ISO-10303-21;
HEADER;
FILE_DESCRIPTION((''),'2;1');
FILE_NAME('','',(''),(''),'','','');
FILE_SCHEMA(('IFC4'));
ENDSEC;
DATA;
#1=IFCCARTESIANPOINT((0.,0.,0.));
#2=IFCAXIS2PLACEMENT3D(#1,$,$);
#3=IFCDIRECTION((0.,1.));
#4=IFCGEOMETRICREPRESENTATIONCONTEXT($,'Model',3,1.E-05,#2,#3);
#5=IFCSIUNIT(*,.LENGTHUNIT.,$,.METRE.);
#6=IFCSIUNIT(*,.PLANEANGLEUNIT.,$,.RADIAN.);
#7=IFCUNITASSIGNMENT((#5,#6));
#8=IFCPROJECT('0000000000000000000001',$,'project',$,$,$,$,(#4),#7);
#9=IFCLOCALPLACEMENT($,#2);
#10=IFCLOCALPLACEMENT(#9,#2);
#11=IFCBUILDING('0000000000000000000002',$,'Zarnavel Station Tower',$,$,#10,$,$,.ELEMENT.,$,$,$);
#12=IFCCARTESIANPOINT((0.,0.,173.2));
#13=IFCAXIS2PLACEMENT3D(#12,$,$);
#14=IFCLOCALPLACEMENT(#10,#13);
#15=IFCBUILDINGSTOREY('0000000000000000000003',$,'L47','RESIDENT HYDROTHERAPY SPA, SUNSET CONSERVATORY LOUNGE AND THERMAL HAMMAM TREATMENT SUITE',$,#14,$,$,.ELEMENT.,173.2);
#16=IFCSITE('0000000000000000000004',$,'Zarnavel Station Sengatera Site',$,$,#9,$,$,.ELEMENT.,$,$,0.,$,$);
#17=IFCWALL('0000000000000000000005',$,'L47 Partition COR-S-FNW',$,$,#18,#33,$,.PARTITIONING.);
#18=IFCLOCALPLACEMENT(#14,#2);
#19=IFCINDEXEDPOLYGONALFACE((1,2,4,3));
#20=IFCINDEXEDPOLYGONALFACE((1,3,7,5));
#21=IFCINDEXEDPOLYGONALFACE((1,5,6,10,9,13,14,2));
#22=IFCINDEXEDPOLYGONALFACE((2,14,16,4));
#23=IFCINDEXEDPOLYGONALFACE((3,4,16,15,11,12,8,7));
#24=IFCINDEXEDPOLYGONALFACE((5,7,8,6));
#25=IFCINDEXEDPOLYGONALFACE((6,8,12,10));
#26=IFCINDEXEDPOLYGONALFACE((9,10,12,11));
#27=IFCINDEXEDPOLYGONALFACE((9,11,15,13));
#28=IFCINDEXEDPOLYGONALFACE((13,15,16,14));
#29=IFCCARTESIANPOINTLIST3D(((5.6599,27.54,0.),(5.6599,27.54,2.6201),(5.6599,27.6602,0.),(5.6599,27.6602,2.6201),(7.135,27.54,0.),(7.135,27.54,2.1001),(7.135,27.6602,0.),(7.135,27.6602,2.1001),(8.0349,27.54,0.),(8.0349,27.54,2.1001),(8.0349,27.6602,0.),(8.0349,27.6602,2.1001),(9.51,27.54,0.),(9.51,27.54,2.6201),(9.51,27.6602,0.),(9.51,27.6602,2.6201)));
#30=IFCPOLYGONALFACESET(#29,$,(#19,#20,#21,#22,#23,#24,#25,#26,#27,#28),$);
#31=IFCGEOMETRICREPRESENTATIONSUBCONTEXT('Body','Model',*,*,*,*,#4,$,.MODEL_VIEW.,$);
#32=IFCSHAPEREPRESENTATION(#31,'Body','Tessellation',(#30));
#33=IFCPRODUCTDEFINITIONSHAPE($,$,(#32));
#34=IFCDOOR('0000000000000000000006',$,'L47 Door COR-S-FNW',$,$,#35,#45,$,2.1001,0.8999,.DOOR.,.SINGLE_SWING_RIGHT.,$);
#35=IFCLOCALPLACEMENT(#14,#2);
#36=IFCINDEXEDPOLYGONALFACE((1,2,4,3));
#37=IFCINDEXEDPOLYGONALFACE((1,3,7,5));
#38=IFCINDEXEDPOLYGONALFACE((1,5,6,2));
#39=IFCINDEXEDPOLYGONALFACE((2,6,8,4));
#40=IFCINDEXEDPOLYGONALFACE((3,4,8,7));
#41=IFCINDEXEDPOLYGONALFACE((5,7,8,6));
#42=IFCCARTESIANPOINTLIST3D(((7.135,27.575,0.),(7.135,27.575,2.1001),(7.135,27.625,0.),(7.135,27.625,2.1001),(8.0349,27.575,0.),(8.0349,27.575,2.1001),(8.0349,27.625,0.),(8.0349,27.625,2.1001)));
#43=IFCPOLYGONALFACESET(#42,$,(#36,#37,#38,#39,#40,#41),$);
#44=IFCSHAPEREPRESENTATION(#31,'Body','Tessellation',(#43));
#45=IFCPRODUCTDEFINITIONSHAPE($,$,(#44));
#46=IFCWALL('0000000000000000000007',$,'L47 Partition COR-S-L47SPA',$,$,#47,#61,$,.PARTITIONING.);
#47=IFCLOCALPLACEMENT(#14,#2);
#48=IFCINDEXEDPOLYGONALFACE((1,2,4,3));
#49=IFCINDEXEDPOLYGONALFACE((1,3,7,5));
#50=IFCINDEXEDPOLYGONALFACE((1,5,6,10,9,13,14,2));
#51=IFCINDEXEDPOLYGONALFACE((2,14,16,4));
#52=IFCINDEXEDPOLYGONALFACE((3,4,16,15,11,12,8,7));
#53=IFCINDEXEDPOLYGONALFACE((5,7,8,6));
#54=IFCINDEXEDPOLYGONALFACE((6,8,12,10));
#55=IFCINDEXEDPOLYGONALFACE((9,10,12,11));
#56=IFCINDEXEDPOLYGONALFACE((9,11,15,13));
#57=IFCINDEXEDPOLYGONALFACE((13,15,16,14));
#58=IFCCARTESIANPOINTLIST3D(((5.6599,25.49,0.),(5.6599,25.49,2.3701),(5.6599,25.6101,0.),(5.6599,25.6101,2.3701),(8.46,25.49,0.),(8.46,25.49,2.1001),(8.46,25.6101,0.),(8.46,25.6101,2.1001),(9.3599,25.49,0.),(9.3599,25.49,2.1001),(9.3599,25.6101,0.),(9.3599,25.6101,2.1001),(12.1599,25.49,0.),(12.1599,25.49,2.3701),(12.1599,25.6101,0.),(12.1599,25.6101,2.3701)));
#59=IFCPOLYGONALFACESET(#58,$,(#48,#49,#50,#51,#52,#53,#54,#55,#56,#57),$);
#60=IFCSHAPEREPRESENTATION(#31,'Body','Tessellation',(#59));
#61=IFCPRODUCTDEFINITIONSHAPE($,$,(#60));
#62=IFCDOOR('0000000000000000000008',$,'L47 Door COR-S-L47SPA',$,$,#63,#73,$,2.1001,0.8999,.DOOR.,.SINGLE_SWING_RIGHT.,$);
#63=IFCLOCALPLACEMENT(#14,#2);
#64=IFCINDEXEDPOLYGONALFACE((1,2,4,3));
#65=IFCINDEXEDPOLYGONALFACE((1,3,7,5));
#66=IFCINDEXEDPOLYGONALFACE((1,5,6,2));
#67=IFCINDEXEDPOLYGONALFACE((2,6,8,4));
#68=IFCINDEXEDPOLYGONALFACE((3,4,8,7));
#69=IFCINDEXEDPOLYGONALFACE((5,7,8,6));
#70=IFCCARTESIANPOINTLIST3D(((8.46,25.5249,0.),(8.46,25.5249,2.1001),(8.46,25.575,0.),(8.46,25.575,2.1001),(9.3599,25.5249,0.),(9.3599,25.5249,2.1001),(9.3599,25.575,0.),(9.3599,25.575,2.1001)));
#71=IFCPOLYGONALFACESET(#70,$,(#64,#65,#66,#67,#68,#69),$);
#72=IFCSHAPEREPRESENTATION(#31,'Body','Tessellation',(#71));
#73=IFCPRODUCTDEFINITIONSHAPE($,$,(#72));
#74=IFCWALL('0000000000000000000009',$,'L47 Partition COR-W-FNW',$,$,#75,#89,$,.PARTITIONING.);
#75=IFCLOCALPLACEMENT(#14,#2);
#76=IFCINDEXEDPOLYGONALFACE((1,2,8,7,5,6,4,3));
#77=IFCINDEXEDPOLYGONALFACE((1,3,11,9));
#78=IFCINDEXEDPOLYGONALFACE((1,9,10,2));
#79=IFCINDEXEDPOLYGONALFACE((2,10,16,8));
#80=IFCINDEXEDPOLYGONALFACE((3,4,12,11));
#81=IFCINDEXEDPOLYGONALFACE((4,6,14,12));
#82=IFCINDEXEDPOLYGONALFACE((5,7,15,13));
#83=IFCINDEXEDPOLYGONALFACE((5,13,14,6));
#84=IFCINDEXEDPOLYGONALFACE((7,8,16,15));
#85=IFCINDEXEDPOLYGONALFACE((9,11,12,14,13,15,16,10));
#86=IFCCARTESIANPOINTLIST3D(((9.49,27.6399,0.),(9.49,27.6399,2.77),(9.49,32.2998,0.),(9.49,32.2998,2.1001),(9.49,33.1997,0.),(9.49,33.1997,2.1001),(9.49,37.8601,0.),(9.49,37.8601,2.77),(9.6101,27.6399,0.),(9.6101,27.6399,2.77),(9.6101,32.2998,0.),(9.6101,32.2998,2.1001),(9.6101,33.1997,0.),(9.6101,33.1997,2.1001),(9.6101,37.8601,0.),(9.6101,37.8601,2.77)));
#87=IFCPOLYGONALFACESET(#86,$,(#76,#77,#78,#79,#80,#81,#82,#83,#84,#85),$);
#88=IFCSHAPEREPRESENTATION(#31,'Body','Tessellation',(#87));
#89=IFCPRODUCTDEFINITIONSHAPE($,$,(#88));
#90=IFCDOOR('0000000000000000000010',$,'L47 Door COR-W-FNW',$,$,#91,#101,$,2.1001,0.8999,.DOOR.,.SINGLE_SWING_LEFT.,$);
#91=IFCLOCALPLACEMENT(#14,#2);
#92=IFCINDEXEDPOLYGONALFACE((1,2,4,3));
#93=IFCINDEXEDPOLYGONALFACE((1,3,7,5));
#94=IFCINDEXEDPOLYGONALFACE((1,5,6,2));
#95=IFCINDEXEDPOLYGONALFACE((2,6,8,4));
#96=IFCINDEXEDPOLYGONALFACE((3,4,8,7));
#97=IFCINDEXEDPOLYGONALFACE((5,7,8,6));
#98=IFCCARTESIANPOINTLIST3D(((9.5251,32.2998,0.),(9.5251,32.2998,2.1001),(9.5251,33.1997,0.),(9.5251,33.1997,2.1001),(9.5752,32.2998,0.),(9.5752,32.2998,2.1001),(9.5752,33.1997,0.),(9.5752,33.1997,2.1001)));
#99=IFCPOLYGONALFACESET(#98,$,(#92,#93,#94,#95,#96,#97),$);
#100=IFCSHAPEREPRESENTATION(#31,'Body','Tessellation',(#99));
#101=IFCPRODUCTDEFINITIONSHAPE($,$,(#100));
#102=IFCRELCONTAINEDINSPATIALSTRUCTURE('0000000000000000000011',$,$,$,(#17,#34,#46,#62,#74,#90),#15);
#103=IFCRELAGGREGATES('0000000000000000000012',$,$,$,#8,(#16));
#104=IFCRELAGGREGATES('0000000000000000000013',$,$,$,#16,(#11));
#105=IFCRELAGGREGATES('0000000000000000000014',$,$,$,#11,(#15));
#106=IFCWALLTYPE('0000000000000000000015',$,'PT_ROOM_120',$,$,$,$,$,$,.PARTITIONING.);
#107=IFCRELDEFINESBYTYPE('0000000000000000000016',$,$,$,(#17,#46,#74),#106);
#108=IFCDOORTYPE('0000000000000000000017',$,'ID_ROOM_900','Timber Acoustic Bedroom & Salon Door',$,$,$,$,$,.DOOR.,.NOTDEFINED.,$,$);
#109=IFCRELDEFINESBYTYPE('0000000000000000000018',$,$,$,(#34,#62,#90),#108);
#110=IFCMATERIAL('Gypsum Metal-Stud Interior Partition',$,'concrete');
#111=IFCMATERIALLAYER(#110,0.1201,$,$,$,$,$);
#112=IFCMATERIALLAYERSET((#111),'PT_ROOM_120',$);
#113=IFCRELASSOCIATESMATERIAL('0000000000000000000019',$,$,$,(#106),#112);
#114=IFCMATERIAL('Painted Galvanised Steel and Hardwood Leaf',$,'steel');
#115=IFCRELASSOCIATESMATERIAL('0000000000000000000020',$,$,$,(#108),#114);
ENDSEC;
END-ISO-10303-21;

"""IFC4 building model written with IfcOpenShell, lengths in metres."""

from ifc_helpers import new_model, si_unit, direction, frame, frame_2d, origin, place, context, subcontext, project, spatial, rectangle, extrude, material, layer, layer_set, type_object, element, fill, save


model = new_model("IFC4")

# Units and contexts
model_context = context("Model", 3, precision=1e-05, world=origin(), true_north=direction((0.0, 1.0)))
body_context = subcontext(model_context, "Body", "Model", "MODEL_VIEW")
ifc_project = project(units=[si_unit("LENGTHUNIT", "METRE"), si_unit("PLANEANGLEUNIT", "RADIAN")], contexts=[model_context])

# Site, building, storey
site_placement = place(None, origin())
site = spatial("IfcSite", under=ifc_project, at=site_placement, Name="Zarnavel Station Sengatera Site", CompositionType="ELEMENT", RefElevation=0.0)
building_placement = place(site_placement, origin())
building = spatial("IfcBuilding", under=site, at=building_placement, Name="Zarnavel Station Tower", CompositionType="ELEMENT")
storey_placement = place(building_placement, frame((0.0, 0.0, 173.2)))
storey = spatial("IfcBuildingStorey", under=building, at=storey_placement, Name="L47", Description="RESIDENT HYDROTHERAPY SPA, SUNSET CONSERVATORY LOUNGE AND THERMAL HAMMAM TREATMENT SUITE", CompositionType="ELEMENT", Elevation=173.2)

# Walls, openings, doors
ifc_material_1 = material(Name="Gypsum Metal-Stud Interior Partition", Category="concrete")
ifc_layer_1 = layer(ifc_material_1, 0.1201)
ifc_layer_set_1 = layer_set([ifc_layer_1], Name="PT_ROOM_120")
wall_type_1 = type_object("IfcWallType", Name="PT_ROOM_120", PredefinedType="PARTITIONING", material=ifc_layer_set_1)
wall_1_placement = place(storey_placement, frame((5.6599, 27.6001, 0.0), z_axis=(0.0, 0.0, 1.0), x_axis=(1.0, 0.0, 0.0)))
wall_1 = element("IfcWall", 1, at=wall_1_placement, inside=storey, type_object=wall_type_1, Name="L47 Partition COR-S-FNW", PredefinedType="PARTITIONING", context=body_context, shape_type="SweptSolid", body=[
    extrude(rectangle(XDim=3.8501, YDim=0.1201, at=frame_2d((1.925, 0.0))), origin(), (0.0, 0.0, 1.0), 2.6201),
])
opening_1_placement = place(wall_1_placement, frame((1.4751, 0.0, 0.0)))
opening_1 = element("IfcOpeningElement", 2, at=opening_1_placement, cuts=wall_1, PredefinedType="OPENING", context=body_context, shape_type="SweptSolid", body=[
    extrude(rectangle(XDim=0.8999, YDim=2.1001, at=frame_2d((0.45, 1.05))), frame((0.0, 0.0701, 0.0), z_axis=(0.0, -1.0, 0.0), x_axis=(1.0, 0.0, 0.0)), (0.0, 0.0, 1.0), 0.1401),
])
ifc_material_2 = material(Name="Painted Galvanised Steel and Hardwood Leaf", Category="steel")
door_type_1 = type_object("IfcDoorType", Name="ID_ROOM_900", Description="Timber Acoustic Bedroom & Salon Door", OperationType="NOTDEFINED", PredefinedType="DOOR", material=ifc_material_2)
door_1_placement = place(opening_1_placement, origin())
door_1 = element("IfcDoor", 3, at=door_1_placement, inside=storey, type_object=door_type_1, Name="L47 Door COR-S-FNW", OperationType="SINGLE_SWING_RIGHT", OverallHeight=2.1001, OverallWidth=0.8999, PredefinedType="DOOR", context=body_context, shape_type="SweptSolid", body=[
    extrude(rectangle(XDim=0.8999, YDim=2.1001, at=frame_2d((0.45, 1.05))), frame((0.0, 0.0249, 0.0), z_axis=(0.0, -1.0, 0.0), x_axis=(1.0, 0.0, 0.0)), (0.0, 0.0, 1.0), 0.05),
])
fill(opening_1, door_1)
wall_2_placement = place(storey_placement, frame((5.6599, 25.55, 0.0), z_axis=(0.0, 0.0, 1.0), x_axis=(1.0, 0.0, 0.0)))
wall_2 = element("IfcWall", 4, at=wall_2_placement, inside=storey, type_object=wall_type_1, Name="L47 Partition COR-S-L47SPA", PredefinedType="PARTITIONING", context=body_context, shape_type="SweptSolid", body=[
    extrude(rectangle(XDim=6.5, YDim=0.1201, at=frame_2d((3.25, 0.0))), origin(), (0.0, 0.0, 1.0), 2.3701),
])
opening_2_placement = place(wall_2_placement, frame((2.8, 0.0, 0.0)))
opening_2 = element("IfcOpeningElement", 5, at=opening_2_placement, cuts=wall_2, PredefinedType="OPENING", context=body_context, shape_type="SweptSolid", body=[
    extrude(rectangle(XDim=0.8999, YDim=2.1001, at=frame_2d((0.45, 1.05))), frame((0.0, 0.0701, 0.0), z_axis=(0.0, -1.0, 0.0), x_axis=(1.0, 0.0, 0.0)), (0.0, 0.0, 1.0), 0.1401),
])
door_2_placement = place(opening_2_placement, origin())
door_2 = element("IfcDoor", 6, at=door_2_placement, inside=storey, type_object=door_type_1, Name="L47 Door COR-S-L47SPA", OperationType="SINGLE_SWING_RIGHT", OverallHeight=2.1001, OverallWidth=0.8999, PredefinedType="DOOR", context=body_context, shape_type="SweptSolid", body=[
    extrude(rectangle(XDim=0.8999, YDim=2.1001, at=frame_2d((0.45, 1.05))), frame((0.0, 0.0249, 0.0), z_axis=(0.0, -1.0, 0.0), x_axis=(1.0, 0.0, 0.0)), (0.0, 0.0, 1.0), 0.05),
])
fill(opening_2, door_2)
wall_3_placement = place(storey_placement, frame((9.55, 27.6399, 0.0), z_axis=(0.0, 0.0, 1.0), x_axis=(0.0, 1.0, 0.0)))
wall_3 = element("IfcWall", 7, at=wall_3_placement, inside=storey, type_object=wall_type_1, Name="L47 Partition COR-W-FNW", PredefinedType="PARTITIONING", context=body_context, shape_type="SweptSolid", body=[
    extrude(rectangle(XDim=10.2202, YDim=0.1201, at=frame_2d((5.1101, 0.0))), origin(), (0.0, 0.0, 1.0), 2.77),
])
opening_3_placement = place(wall_3_placement, frame((4.6599, 0.0, 0.0)))
opening_3 = element("IfcOpeningElement", 8, at=opening_3_placement, cuts=wall_3, PredefinedType="OPENING", context=body_context, shape_type="SweptSolid", body=[
    extrude(rectangle(XDim=0.8999, YDim=2.1001, at=frame_2d((0.45, 1.05))), frame((0.0, 0.0701, 0.0), z_axis=(0.0, -1.0, 0.0), x_axis=(1.0, 0.0, 0.0)), (0.0, 0.0, 1.0), 0.1401),
])
door_3_placement = place(opening_3_placement, origin())
door_3 = element("IfcDoor", 9, at=door_3_placement, inside=storey, type_object=door_type_1, Name="L47 Door COR-W-FNW", OperationType="SINGLE_SWING_LEFT", OverallHeight=2.1001, OverallWidth=0.8999, PredefinedType="DOOR", context=body_context, shape_type="SweptSolid", body=[
    extrude(rectangle(XDim=0.8999, YDim=2.1001, at=frame_2d((0.45, 1.05))), frame((0.0, 0.0249, 0.0), z_axis=(0.0, -1.0, 0.0), x_axis=(1.0, 0.0, 0.0)), (0.0, 0.0, 1.0), 0.05),
])
fill(opening_3, door_3)

save(model, "model.ifc")
